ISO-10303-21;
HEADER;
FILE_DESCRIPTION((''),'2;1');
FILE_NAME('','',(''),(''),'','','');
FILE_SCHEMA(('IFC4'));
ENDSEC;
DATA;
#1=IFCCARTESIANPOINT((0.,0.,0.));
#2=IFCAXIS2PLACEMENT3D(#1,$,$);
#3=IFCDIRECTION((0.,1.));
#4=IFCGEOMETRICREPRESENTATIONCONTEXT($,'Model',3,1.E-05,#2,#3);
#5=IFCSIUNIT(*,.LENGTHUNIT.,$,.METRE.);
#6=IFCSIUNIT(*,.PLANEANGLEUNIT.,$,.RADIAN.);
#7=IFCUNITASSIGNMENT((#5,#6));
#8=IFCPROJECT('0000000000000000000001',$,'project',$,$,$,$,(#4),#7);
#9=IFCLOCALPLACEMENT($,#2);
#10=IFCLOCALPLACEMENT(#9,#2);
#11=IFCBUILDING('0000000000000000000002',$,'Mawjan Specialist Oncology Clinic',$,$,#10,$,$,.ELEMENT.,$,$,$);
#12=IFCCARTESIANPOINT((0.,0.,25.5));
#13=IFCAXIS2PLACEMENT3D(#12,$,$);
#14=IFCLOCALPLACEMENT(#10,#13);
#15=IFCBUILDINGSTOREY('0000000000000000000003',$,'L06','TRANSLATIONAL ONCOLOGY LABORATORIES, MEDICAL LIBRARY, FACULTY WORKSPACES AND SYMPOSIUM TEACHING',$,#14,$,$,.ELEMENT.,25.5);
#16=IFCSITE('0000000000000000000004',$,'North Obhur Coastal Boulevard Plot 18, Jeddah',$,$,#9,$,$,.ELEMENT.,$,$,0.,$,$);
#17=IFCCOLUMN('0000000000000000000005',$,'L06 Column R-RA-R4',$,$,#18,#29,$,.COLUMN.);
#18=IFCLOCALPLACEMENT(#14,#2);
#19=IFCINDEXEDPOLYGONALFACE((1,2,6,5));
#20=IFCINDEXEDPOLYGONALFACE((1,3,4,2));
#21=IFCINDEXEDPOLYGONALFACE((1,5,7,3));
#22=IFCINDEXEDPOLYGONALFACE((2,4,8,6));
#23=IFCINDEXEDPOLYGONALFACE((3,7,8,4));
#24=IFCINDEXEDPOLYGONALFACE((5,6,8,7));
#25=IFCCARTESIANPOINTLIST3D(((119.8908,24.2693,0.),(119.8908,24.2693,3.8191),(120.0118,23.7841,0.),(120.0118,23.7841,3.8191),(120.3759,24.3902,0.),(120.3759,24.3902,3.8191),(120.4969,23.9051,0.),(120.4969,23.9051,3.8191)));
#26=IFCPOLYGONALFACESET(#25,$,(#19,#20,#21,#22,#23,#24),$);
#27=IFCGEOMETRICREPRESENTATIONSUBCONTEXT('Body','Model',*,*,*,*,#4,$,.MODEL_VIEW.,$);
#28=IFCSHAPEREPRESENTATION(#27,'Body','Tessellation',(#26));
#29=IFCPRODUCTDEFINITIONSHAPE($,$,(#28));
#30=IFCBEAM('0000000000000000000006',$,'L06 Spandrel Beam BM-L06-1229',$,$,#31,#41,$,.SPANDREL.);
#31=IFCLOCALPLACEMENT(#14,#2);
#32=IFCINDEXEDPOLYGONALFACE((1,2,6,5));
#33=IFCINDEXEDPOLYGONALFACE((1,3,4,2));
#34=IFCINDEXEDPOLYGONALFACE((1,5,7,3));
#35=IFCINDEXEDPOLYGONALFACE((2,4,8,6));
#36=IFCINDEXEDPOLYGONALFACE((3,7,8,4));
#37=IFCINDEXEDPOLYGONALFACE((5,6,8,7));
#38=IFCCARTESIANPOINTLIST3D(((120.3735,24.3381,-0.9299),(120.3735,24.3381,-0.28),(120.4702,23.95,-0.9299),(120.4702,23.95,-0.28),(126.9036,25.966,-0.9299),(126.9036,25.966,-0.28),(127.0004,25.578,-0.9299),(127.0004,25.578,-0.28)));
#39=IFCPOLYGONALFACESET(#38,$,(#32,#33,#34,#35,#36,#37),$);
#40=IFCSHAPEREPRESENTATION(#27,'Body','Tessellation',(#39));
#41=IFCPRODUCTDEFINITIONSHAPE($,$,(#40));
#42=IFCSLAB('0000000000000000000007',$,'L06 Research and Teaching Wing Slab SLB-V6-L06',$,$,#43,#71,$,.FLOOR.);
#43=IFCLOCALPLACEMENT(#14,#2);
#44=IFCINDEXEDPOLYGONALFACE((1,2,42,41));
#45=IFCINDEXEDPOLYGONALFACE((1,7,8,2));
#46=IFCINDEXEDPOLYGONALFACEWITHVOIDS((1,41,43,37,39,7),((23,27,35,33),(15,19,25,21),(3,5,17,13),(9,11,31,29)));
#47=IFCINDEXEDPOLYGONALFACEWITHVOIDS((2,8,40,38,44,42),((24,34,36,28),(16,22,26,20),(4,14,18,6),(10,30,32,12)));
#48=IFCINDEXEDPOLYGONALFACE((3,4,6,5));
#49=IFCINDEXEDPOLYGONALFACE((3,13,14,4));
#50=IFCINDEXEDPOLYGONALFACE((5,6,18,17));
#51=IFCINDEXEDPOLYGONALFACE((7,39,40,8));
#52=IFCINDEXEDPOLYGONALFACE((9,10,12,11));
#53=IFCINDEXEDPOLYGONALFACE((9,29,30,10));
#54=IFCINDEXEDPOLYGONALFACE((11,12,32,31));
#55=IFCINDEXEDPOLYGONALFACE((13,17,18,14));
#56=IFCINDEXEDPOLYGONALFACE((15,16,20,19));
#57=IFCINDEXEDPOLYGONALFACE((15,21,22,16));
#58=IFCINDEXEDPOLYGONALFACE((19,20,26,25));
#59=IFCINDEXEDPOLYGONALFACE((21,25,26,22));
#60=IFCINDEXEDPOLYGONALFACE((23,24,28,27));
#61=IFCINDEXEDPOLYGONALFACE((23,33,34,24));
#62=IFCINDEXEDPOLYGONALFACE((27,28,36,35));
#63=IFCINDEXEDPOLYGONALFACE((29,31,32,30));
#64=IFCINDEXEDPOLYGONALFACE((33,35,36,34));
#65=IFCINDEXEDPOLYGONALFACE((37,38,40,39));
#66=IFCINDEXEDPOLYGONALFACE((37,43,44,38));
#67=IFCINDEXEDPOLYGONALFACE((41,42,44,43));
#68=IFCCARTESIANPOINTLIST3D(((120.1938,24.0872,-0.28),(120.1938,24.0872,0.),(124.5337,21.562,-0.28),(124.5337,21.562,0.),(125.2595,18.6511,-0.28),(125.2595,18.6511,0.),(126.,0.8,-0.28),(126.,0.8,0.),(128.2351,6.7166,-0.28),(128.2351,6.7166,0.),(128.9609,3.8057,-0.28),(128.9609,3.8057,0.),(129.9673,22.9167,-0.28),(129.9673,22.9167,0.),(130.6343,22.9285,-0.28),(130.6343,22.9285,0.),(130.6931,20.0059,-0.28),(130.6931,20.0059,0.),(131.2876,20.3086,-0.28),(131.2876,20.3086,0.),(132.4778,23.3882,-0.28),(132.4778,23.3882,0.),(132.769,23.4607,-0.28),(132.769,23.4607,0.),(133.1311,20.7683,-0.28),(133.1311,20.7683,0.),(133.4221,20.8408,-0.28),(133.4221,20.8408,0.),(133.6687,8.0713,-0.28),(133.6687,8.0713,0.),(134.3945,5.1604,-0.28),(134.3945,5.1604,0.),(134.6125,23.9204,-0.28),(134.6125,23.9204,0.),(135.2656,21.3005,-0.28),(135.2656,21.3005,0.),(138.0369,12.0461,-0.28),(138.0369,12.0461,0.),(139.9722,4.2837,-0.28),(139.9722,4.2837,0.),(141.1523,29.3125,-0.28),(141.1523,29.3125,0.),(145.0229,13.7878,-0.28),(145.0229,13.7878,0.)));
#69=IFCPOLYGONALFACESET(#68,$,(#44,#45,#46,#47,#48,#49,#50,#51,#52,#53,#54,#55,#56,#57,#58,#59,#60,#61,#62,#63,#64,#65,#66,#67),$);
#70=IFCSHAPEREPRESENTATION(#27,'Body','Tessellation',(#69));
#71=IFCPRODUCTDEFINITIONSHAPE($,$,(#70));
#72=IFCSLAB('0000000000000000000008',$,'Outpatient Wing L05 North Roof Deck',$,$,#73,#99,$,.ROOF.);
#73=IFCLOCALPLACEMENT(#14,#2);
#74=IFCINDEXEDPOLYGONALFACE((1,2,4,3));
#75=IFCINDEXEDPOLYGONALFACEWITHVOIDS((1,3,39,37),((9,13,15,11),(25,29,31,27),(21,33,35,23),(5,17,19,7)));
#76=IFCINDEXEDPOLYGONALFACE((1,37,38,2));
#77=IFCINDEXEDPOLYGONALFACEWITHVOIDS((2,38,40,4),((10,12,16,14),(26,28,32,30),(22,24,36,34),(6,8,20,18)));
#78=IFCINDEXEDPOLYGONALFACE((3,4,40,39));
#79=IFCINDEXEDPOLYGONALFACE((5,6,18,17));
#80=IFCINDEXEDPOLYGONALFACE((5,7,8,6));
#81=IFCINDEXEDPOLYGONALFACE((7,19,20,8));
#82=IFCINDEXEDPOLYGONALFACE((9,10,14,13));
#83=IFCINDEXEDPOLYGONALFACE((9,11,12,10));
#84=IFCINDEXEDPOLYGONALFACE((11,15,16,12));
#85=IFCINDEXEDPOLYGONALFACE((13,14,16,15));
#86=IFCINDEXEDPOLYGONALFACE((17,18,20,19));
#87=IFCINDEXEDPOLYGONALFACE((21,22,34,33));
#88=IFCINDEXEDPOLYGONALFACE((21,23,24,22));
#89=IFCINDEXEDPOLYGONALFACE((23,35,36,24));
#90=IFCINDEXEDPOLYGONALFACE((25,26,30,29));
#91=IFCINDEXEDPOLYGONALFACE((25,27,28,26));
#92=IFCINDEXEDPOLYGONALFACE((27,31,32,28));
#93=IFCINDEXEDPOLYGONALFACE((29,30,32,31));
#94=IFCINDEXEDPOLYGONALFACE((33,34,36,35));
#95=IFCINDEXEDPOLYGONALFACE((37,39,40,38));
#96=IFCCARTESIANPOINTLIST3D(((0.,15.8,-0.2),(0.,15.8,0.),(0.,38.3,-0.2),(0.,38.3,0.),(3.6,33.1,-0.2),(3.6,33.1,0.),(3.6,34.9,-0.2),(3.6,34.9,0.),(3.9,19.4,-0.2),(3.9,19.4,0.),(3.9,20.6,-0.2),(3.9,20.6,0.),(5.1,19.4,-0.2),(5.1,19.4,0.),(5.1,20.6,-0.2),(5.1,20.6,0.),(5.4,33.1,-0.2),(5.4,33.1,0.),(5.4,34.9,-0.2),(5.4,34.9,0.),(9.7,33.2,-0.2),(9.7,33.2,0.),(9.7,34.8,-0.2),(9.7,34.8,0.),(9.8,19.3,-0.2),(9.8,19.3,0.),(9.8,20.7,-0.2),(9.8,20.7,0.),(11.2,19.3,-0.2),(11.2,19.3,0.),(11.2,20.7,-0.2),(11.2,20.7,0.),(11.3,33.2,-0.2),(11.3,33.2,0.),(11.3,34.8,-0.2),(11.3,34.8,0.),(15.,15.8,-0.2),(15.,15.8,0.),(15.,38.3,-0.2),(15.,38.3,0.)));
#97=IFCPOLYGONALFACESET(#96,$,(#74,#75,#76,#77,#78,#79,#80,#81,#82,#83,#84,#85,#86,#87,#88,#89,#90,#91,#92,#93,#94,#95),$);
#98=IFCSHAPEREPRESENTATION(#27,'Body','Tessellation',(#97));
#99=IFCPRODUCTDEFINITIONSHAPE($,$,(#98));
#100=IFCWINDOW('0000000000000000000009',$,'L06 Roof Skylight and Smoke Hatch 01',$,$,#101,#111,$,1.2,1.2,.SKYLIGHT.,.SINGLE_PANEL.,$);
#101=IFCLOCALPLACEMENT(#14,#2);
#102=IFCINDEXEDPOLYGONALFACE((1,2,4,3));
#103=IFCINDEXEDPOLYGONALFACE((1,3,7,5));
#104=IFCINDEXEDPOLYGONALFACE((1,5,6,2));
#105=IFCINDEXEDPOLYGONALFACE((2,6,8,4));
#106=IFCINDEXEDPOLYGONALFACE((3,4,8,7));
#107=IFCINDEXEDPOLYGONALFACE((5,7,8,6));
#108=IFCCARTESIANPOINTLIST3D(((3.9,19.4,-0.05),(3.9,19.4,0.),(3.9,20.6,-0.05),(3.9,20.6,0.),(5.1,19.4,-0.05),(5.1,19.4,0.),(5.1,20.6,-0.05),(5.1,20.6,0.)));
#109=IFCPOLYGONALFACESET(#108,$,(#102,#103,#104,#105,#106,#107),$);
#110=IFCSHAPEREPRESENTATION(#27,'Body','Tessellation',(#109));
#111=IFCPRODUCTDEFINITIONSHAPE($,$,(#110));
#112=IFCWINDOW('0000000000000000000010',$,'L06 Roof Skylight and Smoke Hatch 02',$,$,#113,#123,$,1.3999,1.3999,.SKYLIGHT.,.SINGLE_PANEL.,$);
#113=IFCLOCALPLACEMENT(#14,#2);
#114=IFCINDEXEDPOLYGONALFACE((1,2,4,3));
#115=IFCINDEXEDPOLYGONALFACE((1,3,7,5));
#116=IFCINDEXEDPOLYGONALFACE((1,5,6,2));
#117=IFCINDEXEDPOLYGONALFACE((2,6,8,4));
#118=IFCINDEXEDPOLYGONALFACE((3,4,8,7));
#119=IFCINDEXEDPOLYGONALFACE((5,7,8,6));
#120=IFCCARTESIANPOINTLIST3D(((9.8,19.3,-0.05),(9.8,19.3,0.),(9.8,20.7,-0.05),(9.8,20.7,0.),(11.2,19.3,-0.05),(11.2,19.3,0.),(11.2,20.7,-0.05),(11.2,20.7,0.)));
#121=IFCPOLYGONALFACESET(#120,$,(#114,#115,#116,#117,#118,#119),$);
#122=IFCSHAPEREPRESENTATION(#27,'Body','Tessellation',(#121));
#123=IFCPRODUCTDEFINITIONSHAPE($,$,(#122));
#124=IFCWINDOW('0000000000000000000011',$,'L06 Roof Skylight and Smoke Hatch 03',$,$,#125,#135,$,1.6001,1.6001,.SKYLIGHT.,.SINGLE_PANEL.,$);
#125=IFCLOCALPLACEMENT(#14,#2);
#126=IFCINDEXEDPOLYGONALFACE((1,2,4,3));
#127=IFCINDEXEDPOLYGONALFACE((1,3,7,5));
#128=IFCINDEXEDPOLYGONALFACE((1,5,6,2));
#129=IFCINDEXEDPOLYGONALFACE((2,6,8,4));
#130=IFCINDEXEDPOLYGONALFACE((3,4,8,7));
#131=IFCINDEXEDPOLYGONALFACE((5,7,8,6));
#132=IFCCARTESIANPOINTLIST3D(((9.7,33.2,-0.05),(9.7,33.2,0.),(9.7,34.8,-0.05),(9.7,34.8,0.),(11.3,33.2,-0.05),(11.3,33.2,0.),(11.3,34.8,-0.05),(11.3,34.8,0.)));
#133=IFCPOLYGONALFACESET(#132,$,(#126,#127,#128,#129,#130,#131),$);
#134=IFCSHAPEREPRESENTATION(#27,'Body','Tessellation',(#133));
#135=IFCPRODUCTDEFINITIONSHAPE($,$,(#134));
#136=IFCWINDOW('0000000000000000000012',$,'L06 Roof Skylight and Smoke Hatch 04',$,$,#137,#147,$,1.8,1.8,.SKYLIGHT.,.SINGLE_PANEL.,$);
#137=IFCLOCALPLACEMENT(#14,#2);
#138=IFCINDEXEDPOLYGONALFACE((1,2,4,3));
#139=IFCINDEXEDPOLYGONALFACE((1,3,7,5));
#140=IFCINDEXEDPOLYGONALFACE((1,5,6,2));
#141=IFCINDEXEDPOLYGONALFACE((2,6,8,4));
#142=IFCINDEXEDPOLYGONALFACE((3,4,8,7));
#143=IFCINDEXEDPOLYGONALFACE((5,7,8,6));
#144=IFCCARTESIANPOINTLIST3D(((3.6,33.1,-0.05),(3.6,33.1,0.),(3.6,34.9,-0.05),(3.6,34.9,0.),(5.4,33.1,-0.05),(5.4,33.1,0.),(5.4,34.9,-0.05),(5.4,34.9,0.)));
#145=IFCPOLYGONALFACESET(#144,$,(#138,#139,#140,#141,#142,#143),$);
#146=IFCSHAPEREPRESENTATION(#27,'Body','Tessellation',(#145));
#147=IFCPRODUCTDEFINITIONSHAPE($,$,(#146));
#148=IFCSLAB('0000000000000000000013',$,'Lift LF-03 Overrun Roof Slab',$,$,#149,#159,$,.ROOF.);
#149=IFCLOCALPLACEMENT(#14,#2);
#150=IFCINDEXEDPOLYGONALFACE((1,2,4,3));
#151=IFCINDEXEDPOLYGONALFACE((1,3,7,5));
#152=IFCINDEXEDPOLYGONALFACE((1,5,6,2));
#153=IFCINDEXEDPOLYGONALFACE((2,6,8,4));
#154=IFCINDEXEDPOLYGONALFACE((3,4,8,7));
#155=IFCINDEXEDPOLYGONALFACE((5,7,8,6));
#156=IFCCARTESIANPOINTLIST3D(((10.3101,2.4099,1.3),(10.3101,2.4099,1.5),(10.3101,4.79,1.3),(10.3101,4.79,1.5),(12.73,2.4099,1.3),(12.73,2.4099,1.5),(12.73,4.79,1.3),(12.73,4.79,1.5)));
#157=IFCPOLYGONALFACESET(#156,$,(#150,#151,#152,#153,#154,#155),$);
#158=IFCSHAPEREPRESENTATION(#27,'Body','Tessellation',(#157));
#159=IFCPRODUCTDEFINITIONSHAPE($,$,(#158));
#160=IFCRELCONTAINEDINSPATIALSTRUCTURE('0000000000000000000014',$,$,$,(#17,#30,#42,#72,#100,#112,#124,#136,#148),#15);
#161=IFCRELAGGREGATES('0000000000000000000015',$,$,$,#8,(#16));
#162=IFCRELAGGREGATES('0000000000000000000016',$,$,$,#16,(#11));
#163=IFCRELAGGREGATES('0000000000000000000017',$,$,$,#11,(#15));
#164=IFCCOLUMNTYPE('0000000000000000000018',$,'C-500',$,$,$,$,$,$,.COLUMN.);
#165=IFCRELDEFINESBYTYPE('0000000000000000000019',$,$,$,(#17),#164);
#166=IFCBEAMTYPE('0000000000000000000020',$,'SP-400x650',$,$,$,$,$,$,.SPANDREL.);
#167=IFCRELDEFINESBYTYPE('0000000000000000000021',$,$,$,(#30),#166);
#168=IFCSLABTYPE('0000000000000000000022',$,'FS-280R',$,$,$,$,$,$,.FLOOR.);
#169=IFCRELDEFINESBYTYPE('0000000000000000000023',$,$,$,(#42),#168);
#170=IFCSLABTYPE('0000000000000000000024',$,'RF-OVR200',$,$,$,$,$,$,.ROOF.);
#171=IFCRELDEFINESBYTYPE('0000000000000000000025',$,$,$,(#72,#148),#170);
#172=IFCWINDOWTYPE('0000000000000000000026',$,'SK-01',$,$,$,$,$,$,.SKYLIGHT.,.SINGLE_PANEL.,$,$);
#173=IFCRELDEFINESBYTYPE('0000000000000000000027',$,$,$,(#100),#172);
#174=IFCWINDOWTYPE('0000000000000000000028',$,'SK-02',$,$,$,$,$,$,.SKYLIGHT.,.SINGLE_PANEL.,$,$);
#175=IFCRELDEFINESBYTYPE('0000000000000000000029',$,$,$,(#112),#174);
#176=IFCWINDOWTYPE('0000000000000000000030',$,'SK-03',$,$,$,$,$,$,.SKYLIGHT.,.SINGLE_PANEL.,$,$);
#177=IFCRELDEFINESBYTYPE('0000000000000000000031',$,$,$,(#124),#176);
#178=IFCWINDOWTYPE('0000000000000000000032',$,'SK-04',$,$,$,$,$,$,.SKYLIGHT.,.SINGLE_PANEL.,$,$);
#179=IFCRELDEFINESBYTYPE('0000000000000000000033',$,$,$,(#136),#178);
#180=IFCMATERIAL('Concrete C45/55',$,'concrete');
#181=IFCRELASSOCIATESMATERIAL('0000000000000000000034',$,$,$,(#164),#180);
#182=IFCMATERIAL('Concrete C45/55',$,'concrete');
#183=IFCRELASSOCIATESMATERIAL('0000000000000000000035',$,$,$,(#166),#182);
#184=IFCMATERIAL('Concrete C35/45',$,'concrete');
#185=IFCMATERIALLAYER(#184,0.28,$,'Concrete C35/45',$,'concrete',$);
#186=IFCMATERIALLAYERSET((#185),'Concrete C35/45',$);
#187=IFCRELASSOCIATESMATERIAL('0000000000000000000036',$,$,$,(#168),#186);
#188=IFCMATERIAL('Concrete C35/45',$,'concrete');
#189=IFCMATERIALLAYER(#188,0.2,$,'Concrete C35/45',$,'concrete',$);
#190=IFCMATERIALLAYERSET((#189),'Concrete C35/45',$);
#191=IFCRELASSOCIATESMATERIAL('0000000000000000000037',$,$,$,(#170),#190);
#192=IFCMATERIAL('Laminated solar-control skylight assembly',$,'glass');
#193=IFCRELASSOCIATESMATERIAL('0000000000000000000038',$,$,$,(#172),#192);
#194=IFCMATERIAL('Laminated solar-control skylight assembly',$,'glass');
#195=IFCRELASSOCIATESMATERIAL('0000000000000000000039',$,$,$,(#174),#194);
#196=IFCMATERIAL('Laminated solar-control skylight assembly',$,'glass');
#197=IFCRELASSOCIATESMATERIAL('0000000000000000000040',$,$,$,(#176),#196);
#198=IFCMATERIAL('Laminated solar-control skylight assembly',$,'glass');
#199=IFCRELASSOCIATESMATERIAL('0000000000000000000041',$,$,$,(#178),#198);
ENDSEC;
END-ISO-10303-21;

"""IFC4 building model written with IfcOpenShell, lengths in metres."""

from ifc_helpers import new_model, si_unit, direction, frame, origin, origin_2d, place, context, subcontext, project, spatial, polyline, rectangle, outline, extrude, material, layer, layer_set, material_profile, profile_set, type_object, element, fill, save


model = new_model("IFC4")

# Units and contexts
model_context = context("Model", 3, precision=1e-05, world=origin(), true_north=direction((0.0, 1.0)))
body_context = subcontext(model_context, "Body", "Model", "MODEL_VIEW")
ifc_project = project(units=[si_unit("LENGTHUNIT", "METRE"), si_unit("PLANEANGLEUNIT", "RADIAN")], contexts=[model_context])

# Site, building, storey
site_placement = place(None, origin())
site = spatial("IfcSite", under=ifc_project, at=site_placement, Name="North Obhur Coastal Boulevard Plot 18, Jeddah", CompositionType="ELEMENT", RefElevation=0.0)
building_placement = place(site_placement, origin())
building = spatial("IfcBuilding", under=site, at=building_placement, Name="Mawjan Specialist Oncology Clinic", CompositionType="ELEMENT")
storey_placement = place(building_placement, frame((0.0, 0.0, 25.5)))
storey = spatial("IfcBuildingStorey", under=building, at=storey_placement, Name="L06", Description="TRANSLATIONAL ONCOLOGY LABORATORIES, MEDICAL LIBRARY, FACULTY WORKSPACES AND SYMPOSIUM TEACHING", CompositionType="ELEMENT", Elevation=25.5)

# Column
ifc_material_1 = material(Name="Concrete C45/55", Category="concrete")
ifc_material_profile_1 = material_profile(ifc_material_1, rectangle(XDim=0.5, YDim=0.5, at=origin_2d()), Name="RC COL 500x500", Category="concrete")
ifc_profile_set_1 = profile_set([ifc_material_profile_1], Name="Concrete C45/55")
column_type = type_object("IfcColumnType", Name="C-500", PredefinedType="COLUMN", material=ifc_profile_set_1)
column_placement = place(storey_placement, frame((120.1938, 24.0872, 0.0), z_axis=(0.0, 0.0, 1.0), x_axis=(0.970296, 0.241922, 0.0)))
element("IfcColumn", 1, at=column_placement, inside=storey, type_object=column_type, Name="L06 Column R-RA-R4", PredefinedType="COLUMN", context=body_context, shape_type="SweptSolid", body=[
    extrude(rectangle(XDim=0.5, YDim=0.5, at=origin_2d()), origin(), (0.0, 0.0, 1.0), 3.8191),
])

# Beam
ifc_material_2 = material(Name="Concrete C45/55", Category="concrete")
ifc_material_profile_2 = material_profile(ifc_material_2, rectangle(XDim=0.3999, YDim=0.6499, at=origin_2d()), Name="RC BM 400x650", Category="concrete")
ifc_profile_set_2 = profile_set([ifc_material_profile_2], Name="Concrete C45/55")
beam_type = type_object("IfcBeamType", Name="SP-400x650", PredefinedType="SPANDREL", material=ifc_profile_set_2)
beam_placement = place(storey_placement, frame((120.4219, 24.144, -0.605), z_axis=(0.970302, 0.241895, 0.0), x_axis=(-0.241895, 0.970302, 0.0)))
element("IfcBeam", 2, at=beam_placement, inside=storey, type_object=beam_type, Name="L06 Spandrel Beam BM-L06-1229", PredefinedType="SPANDREL", context=body_context, shape_type="SweptSolid", body=[
    extrude(rectangle(XDim=0.3999, YDim=0.6499, at=origin_2d()), origin(), (0.0, 0.0, 1.0), 6.73),
])

# Slab
ifc_material_3 = material(Name="Concrete C35/45", Category="concrete")
ifc_layer_1 = layer(ifc_material_3, 0.28, Name="Concrete C35/45", Category="concrete")
ifc_layer_set_1 = layer_set([ifc_layer_1], Name="Concrete C35/45")
slab_type_1 = type_object("IfcSlabType", Name="FS-280R", PredefinedType="FLOOR", material=ifc_layer_set_1)
slab_1_placement = place(storey_placement, frame((0.0, 0.0, -0.28)))
element("IfcSlab", 3, at=slab_1_placement, inside=storey, type_object=slab_type_1, Name="L06 Research and Teaching Wing Slab SLB-V6-L06", PredefinedType="FLOOR", context=body_context, shape_type="SweptSolid", body=[
    extrude(outline(polyline([(126.0, 0.8), (139.9722, 4.2837), (138.0369, 12.0461), (145.0229, 13.7878), (141.1523, 29.3125), (120.1938, 24.0872), (126.0, 0.8)]), holes=[polyline([(125.2595, 18.6511), (130.6931, 20.0059), (129.9673, 22.9167), (124.5337, 21.562), (125.2595, 18.6511)]), polyline([(131.2876, 20.3086), (133.1311, 20.7683), (132.4778, 23.3882), (130.6343, 22.9285), (131.2876, 20.3086)]), polyline([(133.4221, 20.8408), (135.2656, 21.3005), (134.6125, 23.9204), (132.769, 23.4607), (133.4221, 20.8408)]), polyline([(128.9609, 3.8057), (134.3945, 5.1604), (133.6687, 8.0713), (128.2351, 6.7166), (128.9609, 3.8057)])]), origin(), (0.0, 0.0, 1.0), 0.28),
])

# Slab, openings, windows
ifc_material_4 = material(Name="Concrete C35/45", Category="concrete")
ifc_layer_2 = layer(ifc_material_4, 0.2, Name="Concrete C35/45", Category="concrete")
ifc_layer_set_2 = layer_set([ifc_layer_2], Name="Concrete C35/45")
slab_type_2 = type_object("IfcSlabType", Name="RF-OVR200", PredefinedType="ROOF", material=ifc_layer_set_2)
slab_2_placement = place(storey_placement, frame((0.0, 0.0, -0.2)))
slab_2 = element("IfcSlab", 4, at=slab_2_placement, inside=storey, type_object=slab_type_2, Name="Outpatient Wing L05 North Roof Deck", PredefinedType="ROOF", context=body_context, shape_type="SweptSolid", body=[
    extrude(outline(polyline([(0.0, 15.8), (15.0, 15.8), (15.0, 38.3), (0.0, 38.3), (0.0, 15.8)])), origin(), (0.0, 0.0, 1.0), 0.2),
])
opening_1_placement = place(slab_2_placement, frame((4.5, 20.0, 0.0)))
opening_1 = element("IfcOpeningElement", 5, at=opening_1_placement, cuts=slab_2, PredefinedType="OPENING", context=body_context, shape_type="SweptSolid", body=[
    extrude(rectangle(XDim=1.2, YDim=1.2, at=origin_2d()), origin(), (0.0, 0.0, 1.0), 0.2),
])
opening_2_placement = place(slab_2_placement, frame((10.5, 20.0, 0.0)))
opening_2 = element("IfcOpeningElement", 6, at=opening_2_placement, cuts=slab_2, PredefinedType="OPENING", context=body_context, shape_type="SweptSolid", body=[
    extrude(rectangle(XDim=1.3999, YDim=1.3999, at=origin_2d()), origin(), (0.0, 0.0, 1.0), 0.2),
])
opening_3_placement = place(slab_2_placement, frame((10.5, 34.0, 0.0)))
opening_3 = element("IfcOpeningElement", 7, at=opening_3_placement, cuts=slab_2, PredefinedType="OPENING", context=body_context, shape_type="SweptSolid", body=[
    extrude(rectangle(XDim=1.6001, YDim=1.6001, at=origin_2d()), origin(), (0.0, 0.0, 1.0), 0.2),
])
opening_4_placement = place(slab_2_placement, frame((4.5, 34.0, 0.0)))
opening_4 = element("IfcOpeningElement", 8, at=opening_4_placement, cuts=slab_2, PredefinedType="OPENING", context=body_context, shape_type="SweptSolid", body=[
    extrude(rectangle(XDim=1.8, YDim=1.8, at=origin_2d()), origin(), (0.0, 0.0, 1.0), 0.2),
])
ifc_material_5 = material(Name="Laminated solar-control skylight assembly", Category="glass")
window_type_1 = type_object("IfcWindowType", Name="SK-01", PartitioningType="SINGLE_PANEL", PredefinedType="SKYLIGHT", material=ifc_material_5)
window_1_placement = place(opening_1_placement, frame((0.0, 0.0, 0.1499)))
window_1 = element("IfcWindow", 9, at=window_1_placement, inside=storey, type_object=window_type_1, Name="L06 Roof Skylight and Smoke Hatch 01", OverallHeight=1.2, OverallWidth=1.2, PartitioningType="SINGLE_PANEL", PredefinedType="SKYLIGHT", context=body_context, shape_type="SweptSolid", body=[
    extrude(rectangle(XDim=1.2, YDim=1.2, at=origin_2d()), origin(), (0.0, 0.0, 1.0), 0.05),
])
fill(opening_1, window_1)
ifc_material_6 = material(Name="Laminated solar-control skylight assembly", Category="glass")
window_type_2 = type_object("IfcWindowType", Name="SK-02", PartitioningType="SINGLE_PANEL", PredefinedType="SKYLIGHT", material=ifc_material_6)
window_2_placement = place(opening_2_placement, frame((0.0, 0.0, 0.1499)))
window_2 = element("IfcWindow", 10, at=window_2_placement, inside=storey, type_object=window_type_2, Name="L06 Roof Skylight and Smoke Hatch 02", OverallHeight=1.3999, OverallWidth=1.3999, PartitioningType="SINGLE_PANEL", PredefinedType="SKYLIGHT", context=body_context, shape_type="SweptSolid", body=[
    extrude(rectangle(XDim=1.3999, YDim=1.3999, at=origin_2d()), origin(), (0.0, 0.0, 1.0), 0.05),
])
fill(opening_2, window_2)
ifc_material_7 = material(Name="Laminated solar-control skylight assembly", Category="glass")
window_type_3 = type_object("IfcWindowType", Name="SK-03", PartitioningType="SINGLE_PANEL", PredefinedType="SKYLIGHT", material=ifc_material_7)
window_3_placement = place(opening_3_placement, frame((0.0, 0.0, 0.1499)))
window_3 = element("IfcWindow", 11, at=window_3_placement, inside=storey, type_object=window_type_3, Name="L06 Roof Skylight and Smoke Hatch 03", OverallHeight=1.6001, OverallWidth=1.6001, PartitioningType="SINGLE_PANEL", PredefinedType="SKYLIGHT", context=body_context, shape_type="SweptSolid", body=[
    extrude(rectangle(XDim=1.6001, YDim=1.6001, at=origin_2d()), origin(), (0.0, 0.0, 1.0), 0.05),
])
fill(opening_3, window_3)
ifc_material_8 = material(Name="Laminated solar-control skylight assembly", Category="glass")
window_type_4 = type_object("IfcWindowType", Name="SK-04", PartitioningType="SINGLE_PANEL", PredefinedType="SKYLIGHT", material=ifc_material_8)
window_4_placement = place(opening_4_placement, frame((0.0, 0.0, 0.1499)))
window_4 = element("IfcWindow", 12, at=window_4_placement, inside=storey, type_object=window_type_4, Name="L06 Roof Skylight and Smoke Hatch 04", OverallHeight=1.8, OverallWidth=1.8, PartitioningType="SINGLE_PANEL", PredefinedType="SKYLIGHT", context=body_context, shape_type="SweptSolid", body=[
    extrude(rectangle(XDim=1.8, YDim=1.8, at=origin_2d()), origin(), (0.0, 0.0, 1.0), 0.05),
])
fill(opening_4, window_4)

# Slab
slab_3_placement = place(storey_placement, frame((0.0, 0.0, 1.3)))
element("IfcSlab", 13, at=slab_3_placement, inside=storey, type_object=slab_type_2, Name="Lift LF-03 Overrun Roof Slab", PredefinedType="ROOF", context=body_context, shape_type="SweptSolid", body=[
    extrude(outline(polyline([(10.3101, 2.4099), (12.73, 2.4099), (12.73, 4.79), (10.3101, 4.79), (10.3101, 2.4099)])), origin(), (0.0, 0.0, 1.0), 0.2),
])

save(model, "model.ifc")
